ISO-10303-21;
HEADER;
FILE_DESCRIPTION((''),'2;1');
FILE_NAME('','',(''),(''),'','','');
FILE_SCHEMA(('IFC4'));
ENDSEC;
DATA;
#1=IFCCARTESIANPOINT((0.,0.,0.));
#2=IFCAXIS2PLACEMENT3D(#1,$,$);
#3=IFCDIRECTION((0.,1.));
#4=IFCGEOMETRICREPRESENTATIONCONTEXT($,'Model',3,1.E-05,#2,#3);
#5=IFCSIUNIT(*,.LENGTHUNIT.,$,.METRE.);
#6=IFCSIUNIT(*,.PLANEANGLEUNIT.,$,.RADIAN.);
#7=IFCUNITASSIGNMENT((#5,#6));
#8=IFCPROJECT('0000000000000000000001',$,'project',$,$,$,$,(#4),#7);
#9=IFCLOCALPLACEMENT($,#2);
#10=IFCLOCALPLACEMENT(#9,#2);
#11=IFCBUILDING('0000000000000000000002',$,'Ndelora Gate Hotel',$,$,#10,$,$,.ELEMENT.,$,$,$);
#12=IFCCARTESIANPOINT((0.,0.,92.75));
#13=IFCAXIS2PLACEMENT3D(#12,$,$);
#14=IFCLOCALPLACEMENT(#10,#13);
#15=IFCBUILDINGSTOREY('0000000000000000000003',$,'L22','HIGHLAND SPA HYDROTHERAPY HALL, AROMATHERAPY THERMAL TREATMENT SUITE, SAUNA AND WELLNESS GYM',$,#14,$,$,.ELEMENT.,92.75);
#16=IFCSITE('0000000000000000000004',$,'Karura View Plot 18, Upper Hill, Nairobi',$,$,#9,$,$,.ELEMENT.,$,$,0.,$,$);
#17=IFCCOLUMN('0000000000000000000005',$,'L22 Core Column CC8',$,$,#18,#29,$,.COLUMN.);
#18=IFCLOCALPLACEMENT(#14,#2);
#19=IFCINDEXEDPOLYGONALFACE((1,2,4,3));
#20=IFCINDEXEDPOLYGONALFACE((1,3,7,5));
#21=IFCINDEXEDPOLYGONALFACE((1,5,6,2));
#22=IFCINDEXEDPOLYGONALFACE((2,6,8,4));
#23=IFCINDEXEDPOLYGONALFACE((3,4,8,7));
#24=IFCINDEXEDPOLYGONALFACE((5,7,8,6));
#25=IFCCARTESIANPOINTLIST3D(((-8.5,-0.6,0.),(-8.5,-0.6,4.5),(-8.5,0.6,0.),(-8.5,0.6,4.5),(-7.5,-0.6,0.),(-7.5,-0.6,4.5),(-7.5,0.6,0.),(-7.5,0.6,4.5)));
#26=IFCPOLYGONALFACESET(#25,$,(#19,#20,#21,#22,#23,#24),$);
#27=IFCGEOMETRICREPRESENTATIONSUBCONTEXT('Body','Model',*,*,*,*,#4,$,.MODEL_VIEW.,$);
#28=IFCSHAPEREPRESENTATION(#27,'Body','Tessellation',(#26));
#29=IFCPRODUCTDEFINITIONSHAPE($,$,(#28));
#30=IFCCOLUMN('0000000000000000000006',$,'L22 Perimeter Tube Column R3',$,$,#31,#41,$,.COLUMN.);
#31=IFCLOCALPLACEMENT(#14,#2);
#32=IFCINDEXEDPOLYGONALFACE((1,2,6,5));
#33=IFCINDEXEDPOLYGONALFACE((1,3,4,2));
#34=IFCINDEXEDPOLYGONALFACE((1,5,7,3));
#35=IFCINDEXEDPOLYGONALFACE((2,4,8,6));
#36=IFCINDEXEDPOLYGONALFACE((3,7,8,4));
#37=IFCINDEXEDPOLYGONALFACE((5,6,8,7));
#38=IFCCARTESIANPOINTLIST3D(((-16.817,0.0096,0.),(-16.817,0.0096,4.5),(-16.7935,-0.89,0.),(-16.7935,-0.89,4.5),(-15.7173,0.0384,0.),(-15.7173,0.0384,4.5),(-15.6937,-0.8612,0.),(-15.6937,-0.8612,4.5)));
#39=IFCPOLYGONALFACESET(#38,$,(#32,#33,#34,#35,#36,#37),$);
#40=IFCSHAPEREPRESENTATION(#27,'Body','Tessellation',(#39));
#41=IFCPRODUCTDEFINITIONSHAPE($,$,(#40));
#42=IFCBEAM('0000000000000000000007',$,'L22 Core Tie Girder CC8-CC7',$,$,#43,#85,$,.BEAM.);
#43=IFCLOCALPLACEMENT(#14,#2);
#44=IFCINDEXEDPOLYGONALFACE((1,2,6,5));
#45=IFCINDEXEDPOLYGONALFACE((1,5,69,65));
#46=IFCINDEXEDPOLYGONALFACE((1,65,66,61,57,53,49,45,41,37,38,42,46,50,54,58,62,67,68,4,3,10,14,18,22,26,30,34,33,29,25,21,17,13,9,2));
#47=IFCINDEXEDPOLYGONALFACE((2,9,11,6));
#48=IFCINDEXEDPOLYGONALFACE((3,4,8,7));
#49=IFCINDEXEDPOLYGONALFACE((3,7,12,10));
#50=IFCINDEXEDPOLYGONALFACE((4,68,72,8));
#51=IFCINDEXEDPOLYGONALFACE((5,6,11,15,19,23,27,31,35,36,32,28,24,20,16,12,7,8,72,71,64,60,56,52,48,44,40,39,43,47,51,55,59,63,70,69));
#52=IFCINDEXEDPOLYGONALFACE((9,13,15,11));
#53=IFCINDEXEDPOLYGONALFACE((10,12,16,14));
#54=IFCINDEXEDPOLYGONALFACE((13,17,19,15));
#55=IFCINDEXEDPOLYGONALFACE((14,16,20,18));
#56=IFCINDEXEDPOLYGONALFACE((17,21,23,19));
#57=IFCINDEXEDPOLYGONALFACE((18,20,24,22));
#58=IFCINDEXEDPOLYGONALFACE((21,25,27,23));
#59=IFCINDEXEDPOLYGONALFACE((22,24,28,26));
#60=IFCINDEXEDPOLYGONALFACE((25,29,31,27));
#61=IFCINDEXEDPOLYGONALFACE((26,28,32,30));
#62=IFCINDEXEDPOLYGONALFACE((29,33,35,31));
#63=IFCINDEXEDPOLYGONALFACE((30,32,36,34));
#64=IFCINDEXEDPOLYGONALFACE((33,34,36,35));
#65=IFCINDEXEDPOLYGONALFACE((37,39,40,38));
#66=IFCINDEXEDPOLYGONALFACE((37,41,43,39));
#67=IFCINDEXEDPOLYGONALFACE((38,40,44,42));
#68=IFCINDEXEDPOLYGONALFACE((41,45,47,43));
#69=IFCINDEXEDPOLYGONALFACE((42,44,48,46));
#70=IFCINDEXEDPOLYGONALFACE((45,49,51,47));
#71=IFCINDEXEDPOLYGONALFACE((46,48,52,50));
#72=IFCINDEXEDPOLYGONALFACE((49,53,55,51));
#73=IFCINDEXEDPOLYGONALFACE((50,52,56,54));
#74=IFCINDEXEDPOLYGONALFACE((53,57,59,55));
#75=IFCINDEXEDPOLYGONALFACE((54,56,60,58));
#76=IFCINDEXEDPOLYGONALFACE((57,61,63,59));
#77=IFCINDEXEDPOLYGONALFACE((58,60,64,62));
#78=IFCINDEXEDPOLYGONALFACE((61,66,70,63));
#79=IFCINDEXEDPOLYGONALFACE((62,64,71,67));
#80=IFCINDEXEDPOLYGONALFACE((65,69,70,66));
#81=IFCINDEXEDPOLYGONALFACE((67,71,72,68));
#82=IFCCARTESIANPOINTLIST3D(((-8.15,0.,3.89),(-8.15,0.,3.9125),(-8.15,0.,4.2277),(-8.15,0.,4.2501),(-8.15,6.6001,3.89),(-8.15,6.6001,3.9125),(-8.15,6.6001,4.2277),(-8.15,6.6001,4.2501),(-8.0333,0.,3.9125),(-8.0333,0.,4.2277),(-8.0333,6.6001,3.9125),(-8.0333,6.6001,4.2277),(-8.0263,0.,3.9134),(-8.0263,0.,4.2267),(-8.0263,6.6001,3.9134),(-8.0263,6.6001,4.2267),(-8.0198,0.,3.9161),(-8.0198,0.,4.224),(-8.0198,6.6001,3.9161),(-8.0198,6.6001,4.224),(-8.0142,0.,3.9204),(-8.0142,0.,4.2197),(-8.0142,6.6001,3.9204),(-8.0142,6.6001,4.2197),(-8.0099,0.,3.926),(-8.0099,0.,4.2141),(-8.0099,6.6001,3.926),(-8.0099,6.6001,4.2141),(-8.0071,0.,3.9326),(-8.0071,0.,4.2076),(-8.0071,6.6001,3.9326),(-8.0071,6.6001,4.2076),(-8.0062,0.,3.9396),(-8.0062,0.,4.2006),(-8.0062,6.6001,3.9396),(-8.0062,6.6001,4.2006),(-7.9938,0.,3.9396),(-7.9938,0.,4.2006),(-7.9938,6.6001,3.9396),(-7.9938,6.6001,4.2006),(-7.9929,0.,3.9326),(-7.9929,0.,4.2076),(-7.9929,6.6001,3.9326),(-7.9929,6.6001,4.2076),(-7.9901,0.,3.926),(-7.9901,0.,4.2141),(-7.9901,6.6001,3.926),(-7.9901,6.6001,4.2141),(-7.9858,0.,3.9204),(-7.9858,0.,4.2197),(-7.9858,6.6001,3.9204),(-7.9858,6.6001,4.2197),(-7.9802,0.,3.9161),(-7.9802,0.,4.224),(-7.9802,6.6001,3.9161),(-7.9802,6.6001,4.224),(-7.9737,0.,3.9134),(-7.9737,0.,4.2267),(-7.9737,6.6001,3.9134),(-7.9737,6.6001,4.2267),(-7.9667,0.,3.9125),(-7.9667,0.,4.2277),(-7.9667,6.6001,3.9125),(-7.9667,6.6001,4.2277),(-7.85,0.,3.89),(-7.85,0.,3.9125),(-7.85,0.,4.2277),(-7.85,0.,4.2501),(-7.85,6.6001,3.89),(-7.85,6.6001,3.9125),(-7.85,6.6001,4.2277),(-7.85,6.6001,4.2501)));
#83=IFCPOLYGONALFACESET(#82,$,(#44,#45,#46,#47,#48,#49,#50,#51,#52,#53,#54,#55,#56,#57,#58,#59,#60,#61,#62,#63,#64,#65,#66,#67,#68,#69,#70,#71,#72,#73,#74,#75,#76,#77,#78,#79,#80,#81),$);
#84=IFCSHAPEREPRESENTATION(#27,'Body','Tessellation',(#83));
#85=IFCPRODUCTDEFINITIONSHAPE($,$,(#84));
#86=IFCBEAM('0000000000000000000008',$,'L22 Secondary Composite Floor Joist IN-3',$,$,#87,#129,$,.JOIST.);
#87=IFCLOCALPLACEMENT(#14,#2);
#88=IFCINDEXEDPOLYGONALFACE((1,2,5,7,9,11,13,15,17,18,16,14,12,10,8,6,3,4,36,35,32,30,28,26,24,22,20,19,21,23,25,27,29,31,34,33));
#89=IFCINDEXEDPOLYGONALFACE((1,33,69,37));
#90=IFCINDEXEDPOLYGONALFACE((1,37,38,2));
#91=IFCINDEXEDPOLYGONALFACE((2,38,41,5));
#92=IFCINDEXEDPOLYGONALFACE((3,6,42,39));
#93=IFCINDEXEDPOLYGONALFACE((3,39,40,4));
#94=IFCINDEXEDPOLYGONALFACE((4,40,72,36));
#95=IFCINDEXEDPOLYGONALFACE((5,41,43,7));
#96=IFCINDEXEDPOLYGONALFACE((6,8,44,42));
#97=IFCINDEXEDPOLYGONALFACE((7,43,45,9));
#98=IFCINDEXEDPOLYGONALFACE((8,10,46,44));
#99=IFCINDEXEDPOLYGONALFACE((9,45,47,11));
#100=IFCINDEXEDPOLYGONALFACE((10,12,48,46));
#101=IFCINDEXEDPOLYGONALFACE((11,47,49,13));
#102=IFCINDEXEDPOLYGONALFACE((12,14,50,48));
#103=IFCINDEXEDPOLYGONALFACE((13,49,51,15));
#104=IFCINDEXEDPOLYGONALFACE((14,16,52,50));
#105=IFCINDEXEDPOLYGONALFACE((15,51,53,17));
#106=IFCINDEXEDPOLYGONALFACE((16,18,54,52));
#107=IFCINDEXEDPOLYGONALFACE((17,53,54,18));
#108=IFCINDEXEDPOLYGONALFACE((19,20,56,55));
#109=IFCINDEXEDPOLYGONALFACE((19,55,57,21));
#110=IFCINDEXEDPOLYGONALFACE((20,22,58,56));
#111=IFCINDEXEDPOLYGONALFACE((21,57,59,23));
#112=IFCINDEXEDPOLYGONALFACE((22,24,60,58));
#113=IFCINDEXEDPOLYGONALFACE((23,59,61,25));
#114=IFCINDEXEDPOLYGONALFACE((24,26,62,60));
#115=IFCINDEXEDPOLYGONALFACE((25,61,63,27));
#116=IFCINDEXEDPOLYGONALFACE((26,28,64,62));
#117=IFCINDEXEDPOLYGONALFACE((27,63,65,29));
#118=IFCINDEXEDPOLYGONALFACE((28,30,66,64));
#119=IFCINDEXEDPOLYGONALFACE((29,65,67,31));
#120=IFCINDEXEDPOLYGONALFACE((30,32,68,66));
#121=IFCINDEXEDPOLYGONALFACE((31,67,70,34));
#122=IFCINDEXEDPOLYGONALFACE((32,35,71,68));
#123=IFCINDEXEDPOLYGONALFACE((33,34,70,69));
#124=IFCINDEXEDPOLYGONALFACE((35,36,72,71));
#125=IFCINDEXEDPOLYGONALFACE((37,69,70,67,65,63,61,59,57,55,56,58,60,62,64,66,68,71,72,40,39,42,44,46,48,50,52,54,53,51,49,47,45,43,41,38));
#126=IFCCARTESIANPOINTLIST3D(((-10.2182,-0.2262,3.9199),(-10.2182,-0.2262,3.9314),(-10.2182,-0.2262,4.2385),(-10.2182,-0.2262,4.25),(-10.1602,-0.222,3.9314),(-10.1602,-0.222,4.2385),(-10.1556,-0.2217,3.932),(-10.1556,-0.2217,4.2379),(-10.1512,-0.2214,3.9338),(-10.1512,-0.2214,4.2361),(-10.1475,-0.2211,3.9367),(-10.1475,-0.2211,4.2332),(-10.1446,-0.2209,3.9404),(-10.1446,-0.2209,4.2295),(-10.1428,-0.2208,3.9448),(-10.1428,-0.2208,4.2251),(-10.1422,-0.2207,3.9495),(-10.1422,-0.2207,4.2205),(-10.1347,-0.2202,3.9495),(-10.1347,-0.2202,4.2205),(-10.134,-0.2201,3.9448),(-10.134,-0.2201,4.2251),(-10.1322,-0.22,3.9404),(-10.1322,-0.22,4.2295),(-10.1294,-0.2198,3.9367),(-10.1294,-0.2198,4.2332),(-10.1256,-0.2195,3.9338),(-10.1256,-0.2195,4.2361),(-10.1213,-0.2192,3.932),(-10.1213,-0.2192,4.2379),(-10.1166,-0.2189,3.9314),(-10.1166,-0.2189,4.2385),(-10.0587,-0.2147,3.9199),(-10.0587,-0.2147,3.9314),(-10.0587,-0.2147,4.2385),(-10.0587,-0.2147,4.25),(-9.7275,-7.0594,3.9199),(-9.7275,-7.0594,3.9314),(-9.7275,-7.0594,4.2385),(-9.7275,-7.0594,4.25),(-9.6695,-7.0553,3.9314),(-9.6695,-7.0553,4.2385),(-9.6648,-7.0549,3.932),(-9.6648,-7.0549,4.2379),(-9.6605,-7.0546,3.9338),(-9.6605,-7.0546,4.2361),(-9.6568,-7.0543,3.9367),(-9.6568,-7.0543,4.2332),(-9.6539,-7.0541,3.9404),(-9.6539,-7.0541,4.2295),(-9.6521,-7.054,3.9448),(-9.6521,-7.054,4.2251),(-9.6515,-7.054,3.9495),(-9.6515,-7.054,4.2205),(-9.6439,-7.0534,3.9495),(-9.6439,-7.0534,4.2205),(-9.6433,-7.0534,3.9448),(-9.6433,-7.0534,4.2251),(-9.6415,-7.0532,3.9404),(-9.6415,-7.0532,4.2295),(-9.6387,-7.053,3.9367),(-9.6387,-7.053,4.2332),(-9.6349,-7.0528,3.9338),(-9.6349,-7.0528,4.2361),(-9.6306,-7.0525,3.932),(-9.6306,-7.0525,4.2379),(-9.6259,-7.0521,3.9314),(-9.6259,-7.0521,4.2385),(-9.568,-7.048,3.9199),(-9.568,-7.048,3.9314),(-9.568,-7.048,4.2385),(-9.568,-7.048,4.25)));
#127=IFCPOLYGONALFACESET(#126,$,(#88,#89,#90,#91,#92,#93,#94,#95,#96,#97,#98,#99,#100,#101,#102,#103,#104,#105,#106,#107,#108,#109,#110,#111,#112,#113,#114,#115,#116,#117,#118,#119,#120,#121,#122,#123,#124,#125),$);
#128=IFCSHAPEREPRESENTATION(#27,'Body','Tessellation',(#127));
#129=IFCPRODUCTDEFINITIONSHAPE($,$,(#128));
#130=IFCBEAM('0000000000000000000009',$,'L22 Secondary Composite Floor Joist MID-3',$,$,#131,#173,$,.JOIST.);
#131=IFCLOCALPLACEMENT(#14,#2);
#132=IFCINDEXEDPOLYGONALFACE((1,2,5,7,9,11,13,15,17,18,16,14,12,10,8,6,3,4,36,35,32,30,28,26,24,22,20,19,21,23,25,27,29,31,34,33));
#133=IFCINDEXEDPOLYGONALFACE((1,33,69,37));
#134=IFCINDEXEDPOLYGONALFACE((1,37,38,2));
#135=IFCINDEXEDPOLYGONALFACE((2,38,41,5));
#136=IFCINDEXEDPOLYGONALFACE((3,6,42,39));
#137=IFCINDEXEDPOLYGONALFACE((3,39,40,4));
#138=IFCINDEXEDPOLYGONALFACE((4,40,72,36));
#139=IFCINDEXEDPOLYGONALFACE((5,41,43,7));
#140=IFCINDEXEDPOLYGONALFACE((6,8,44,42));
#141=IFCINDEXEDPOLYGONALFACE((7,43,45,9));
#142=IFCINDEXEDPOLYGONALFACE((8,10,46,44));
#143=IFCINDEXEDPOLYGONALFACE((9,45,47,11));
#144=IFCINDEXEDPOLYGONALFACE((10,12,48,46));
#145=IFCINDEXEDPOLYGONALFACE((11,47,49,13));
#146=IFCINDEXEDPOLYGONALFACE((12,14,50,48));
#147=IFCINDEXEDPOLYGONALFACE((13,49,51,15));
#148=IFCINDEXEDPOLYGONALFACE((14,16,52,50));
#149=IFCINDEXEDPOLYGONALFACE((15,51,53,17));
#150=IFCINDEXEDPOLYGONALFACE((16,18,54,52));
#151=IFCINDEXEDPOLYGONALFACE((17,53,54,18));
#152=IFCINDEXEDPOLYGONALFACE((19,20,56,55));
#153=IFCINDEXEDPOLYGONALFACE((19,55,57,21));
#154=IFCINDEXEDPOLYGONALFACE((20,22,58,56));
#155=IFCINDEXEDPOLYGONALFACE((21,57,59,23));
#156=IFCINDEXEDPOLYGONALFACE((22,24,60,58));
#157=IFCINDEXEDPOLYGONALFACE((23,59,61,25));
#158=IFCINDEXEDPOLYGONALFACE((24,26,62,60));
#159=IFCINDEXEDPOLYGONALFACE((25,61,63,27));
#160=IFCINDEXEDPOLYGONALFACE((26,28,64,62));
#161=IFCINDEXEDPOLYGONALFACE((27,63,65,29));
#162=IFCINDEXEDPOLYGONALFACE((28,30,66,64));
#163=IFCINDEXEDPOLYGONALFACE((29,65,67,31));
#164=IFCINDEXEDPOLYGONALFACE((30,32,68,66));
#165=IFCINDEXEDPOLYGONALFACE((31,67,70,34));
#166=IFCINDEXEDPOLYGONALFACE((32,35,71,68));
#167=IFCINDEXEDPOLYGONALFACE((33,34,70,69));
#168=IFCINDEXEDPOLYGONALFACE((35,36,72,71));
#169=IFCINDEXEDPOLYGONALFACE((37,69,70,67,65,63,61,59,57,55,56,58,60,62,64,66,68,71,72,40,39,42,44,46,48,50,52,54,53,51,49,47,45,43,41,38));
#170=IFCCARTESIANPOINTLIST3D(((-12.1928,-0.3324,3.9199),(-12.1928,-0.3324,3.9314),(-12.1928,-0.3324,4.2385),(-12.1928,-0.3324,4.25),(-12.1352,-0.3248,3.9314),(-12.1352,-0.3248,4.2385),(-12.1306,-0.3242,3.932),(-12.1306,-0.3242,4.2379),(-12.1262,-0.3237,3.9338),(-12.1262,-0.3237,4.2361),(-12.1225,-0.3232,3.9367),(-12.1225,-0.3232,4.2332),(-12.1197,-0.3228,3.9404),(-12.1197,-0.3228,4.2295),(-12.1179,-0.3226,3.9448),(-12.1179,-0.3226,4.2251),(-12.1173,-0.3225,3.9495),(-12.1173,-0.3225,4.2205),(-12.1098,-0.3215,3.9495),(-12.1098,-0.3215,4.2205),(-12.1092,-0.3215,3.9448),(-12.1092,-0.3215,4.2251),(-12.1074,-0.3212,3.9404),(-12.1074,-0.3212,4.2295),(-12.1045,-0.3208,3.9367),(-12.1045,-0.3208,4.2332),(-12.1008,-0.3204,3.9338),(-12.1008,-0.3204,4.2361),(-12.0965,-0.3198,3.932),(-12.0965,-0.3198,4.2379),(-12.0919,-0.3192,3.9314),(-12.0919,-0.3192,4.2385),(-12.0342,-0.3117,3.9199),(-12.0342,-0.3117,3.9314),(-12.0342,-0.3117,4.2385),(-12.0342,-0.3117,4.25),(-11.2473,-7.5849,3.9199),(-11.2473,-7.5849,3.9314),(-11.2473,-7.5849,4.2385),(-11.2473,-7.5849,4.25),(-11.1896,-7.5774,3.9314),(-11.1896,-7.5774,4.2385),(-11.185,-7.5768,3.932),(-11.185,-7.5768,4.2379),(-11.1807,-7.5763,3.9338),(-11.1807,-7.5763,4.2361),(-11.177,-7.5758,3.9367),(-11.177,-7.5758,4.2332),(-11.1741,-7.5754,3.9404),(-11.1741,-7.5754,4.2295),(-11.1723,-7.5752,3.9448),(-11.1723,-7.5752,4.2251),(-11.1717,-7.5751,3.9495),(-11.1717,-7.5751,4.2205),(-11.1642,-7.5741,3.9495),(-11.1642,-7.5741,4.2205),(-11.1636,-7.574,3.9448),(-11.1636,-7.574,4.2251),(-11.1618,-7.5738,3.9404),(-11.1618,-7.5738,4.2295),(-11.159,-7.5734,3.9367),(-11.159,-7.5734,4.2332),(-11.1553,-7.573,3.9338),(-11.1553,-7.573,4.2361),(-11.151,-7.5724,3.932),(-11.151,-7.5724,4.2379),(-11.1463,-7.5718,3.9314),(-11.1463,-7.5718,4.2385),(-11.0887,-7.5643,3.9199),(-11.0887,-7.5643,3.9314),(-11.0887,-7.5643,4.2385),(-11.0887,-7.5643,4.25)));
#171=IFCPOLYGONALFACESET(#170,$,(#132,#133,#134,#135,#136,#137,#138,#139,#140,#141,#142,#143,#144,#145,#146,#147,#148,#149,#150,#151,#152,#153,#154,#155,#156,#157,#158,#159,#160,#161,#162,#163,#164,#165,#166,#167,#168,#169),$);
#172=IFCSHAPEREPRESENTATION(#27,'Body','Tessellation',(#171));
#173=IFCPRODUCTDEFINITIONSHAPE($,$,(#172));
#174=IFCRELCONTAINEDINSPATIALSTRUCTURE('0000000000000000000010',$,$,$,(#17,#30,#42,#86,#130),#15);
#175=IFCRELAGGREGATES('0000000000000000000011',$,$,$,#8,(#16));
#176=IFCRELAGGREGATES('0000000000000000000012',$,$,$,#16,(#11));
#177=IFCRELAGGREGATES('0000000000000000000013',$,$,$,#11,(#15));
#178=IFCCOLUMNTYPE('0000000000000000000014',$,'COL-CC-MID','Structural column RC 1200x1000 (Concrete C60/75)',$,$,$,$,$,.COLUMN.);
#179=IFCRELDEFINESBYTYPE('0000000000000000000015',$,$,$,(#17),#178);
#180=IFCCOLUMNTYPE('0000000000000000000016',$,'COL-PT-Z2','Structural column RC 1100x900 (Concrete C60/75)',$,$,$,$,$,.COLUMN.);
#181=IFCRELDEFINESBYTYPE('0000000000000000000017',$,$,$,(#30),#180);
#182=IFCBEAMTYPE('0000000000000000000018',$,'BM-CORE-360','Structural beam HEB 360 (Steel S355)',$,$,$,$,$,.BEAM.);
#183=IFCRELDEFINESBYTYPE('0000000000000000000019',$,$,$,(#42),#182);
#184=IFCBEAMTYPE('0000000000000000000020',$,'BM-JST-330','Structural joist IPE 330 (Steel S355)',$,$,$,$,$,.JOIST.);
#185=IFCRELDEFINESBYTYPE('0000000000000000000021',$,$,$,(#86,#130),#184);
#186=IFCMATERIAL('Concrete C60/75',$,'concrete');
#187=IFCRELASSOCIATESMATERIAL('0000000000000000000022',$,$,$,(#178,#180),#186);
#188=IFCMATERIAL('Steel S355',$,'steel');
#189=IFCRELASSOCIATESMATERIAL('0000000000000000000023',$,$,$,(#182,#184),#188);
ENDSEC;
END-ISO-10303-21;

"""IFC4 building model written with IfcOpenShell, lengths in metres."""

from ifc_helpers import new_model, si_unit, direction, frame, origin, origin_2d, place, context, subcontext, project, spatial, rectangle, i_section, extrude, material, material_profile, profile_set, type_object, element, save


model = new_model("IFC4")

# Units and contexts
model_context = context("Model", 3, precision=1e-05, world=origin(), true_north=direction((0.0, 1.0)))
body_context = subcontext(model_context, "Body", "Model", "MODEL_VIEW")
ifc_project = project(units=[si_unit("LENGTHUNIT", "METRE"), si_unit("PLANEANGLEUNIT", "RADIAN")], contexts=[model_context])

# Site, building, storey
site_placement = place(None, origin())
site = spatial("IfcSite", under=ifc_project, at=site_placement, Name="Karura View Plot 18, Upper Hill, Nairobi", CompositionType="ELEMENT", RefElevation=0.0)
building_placement = place(site_placement, origin())
building = spatial("IfcBuilding", under=site, at=building_placement, Name="Ndelora Gate Hotel", CompositionType="ELEMENT")
storey_placement = place(building_placement, frame((0.0, 0.0, 92.75)))
storey = spatial("IfcBuildingStorey", under=building, at=storey_placement, Name="L22", Description="HIGHLAND SPA HYDROTHERAPY HALL, AROMATHERAPY THERMAL TREATMENT SUITE, SAUNA AND WELLNESS GYM", CompositionType="ELEMENT", Elevation=92.75)

# Columns
ifc_material_1 = material(Name="Concrete C60/75", Category="concrete")
ifc_material_profile_1 = material_profile(ifc_material_1, rectangle(XDim=1.0, YDim=1.2, at=origin_2d()), Name="RC 1200x1000")
ifc_profile_set_1 = profile_set([ifc_material_profile_1], Name="Concrete C60/75")
column_type_1 = type_object("IfcColumnType", Name="COL-CC-MID", Description="Structural column RC 1200x1000 (Concrete C60/75)", PredefinedType="COLUMN", material=ifc_profile_set_1)
column_1_placement = place(storey_placement, frame((-8.0, 0.0, 0.0), z_axis=(0.0, 0.0, 1.0), x_axis=(1.0, 0.0, 0.0)))
element("IfcColumn", 1, at=column_1_placement, inside=storey, type_object=column_type_1, Name="L22 Core Column CC8", PredefinedType="COLUMN", context=body_context, shape_type="SweptSolid", body=[
    extrude(rectangle(XDim=1.0, YDim=1.2, at=origin_2d()), origin(), (0.0, 0.0, 1.0), 4.5),
])
ifc_material_profile_2 = material_profile(ifc_material_1, rectangle(XDim=0.8999, YDim=1.1001, at=origin_2d()), Name="RC 1100x900")
ifc_profile_set_2 = profile_set([ifc_material_profile_2], Name="Concrete C60/75")
column_type_2 = type_object("IfcColumnType", Name="COL-PT-Z2", Description="Structural column RC 1100x900 (Concrete C60/75)", PredefinedType="COLUMN", material=ifc_profile_set_2)
column_2_placement = place(storey_placement, frame((-16.2554, -0.4258, 0.0), z_axis=(0.0, 0.0, 1.0), x_axis=(-0.026177, 0.999657, 0.0)))
element("IfcColumn", 2, at=column_2_placement, inside=storey, type_object=column_type_2, Name="L22 Perimeter Tube Column R3", PredefinedType="COLUMN", context=body_context, shape_type="SweptSolid", body=[
    extrude(rectangle(XDim=0.8999, YDim=1.1001, at=origin_2d()), origin(), (0.0, 0.0, 1.0), 4.5),
])

# Beams
ifc_material_2 = material(Name="Steel S355", Category="steel")
ifc_material_profile_3 = material_profile(ifc_material_2, i_section(OverallWidth=0.3, OverallDepth=0.3601, WebThickness=0.0125, FlangeThickness=0.0225, FilletRadius=0.0271, at=origin_2d()), Name="HEB 360")
ifc_profile_set_3 = profile_set([ifc_material_profile_3], Name="Steel S355")
beam_type_1 = type_object("IfcBeamType", Name="BM-CORE-360", Description="Structural beam HEB 360 (Steel S355)", PredefinedType="BEAM", material=ifc_profile_set_3)
beam_1_placement = place(storey_placement, frame((-8.0, 0.0, 4.0701), z_axis=(0.0, 1.0, 0.0), x_axis=(-1.0, 0.0, 0.0)))
element("IfcBeam", 3, at=beam_1_placement, inside=storey, type_object=beam_type_1, Name="L22 Core Tie Girder CC8-CC7", PredefinedType="BEAM", context=body_context, shape_type="SweptSolid", body=[
    extrude(i_section(OverallWidth=0.3, OverallDepth=0.3601, WebThickness=0.0125, FlangeThickness=0.0225, FilletRadius=0.0271, at=origin_2d()), origin(), (0.0, 0.0, 1.0), 6.6001),
])
ifc_material_profile_4 = material_profile(ifc_material_2, i_section(OverallWidth=0.1599, OverallDepth=0.3301, WebThickness=0.0076, FlangeThickness=0.0115, FilletRadius=0.0181, at=origin_2d()), Name="IPE 330")
ifc_profile_set_4 = profile_set([ifc_material_profile_4], Name="Steel S355")
beam_type_2 = type_object("IfcBeamType", Name="BM-JST-330", Description="Structural joist IPE 330 (Steel S355)", PredefinedType="JOIST", material=ifc_profile_set_4)
beam_2_placement = place(storey_placement, frame((-10.1384, -0.2205, 4.085), z_axis=(0.071629, -0.997431, 0.0), x_axis=(0.997431, 0.071629, 0.0)))
element("IfcBeam", 4, at=beam_2_placement, inside=storey, type_object=beam_type_2, Name="L22 Secondary Composite Floor Joist IN-3", PredefinedType="JOIST", context=body_context, shape_type="SweptSolid", body=[
    extrude(i_section(OverallWidth=0.1599, OverallDepth=0.3301, WebThickness=0.0076, FlangeThickness=0.0115, FilletRadius=0.0181, at=origin_2d()), origin(), (0.0, 0.0, 1.0), 6.8508),
])
beam_3_placement = place(storey_placement, frame((-12.1135, -0.322, 4.085), z_axis=(0.129279, -0.991608, 0.0), x_axis=(0.991608, 0.129279, 0.0)))
element("IfcBeam", 5, at=beam_3_placement, inside=storey, type_object=beam_type_2, Name="L22 Secondary Composite Floor Joist MID-3", PredefinedType="JOIST", context=body_context, shape_type="SweptSolid", body=[
    extrude(i_section(OverallWidth=0.1599, OverallDepth=0.3301, WebThickness=0.0076, FlangeThickness=0.0115, FilletRadius=0.0181, at=origin_2d()), origin(), (0.0, 0.0, 1.0), 7.314),
])

save(model, "model.ifc")
